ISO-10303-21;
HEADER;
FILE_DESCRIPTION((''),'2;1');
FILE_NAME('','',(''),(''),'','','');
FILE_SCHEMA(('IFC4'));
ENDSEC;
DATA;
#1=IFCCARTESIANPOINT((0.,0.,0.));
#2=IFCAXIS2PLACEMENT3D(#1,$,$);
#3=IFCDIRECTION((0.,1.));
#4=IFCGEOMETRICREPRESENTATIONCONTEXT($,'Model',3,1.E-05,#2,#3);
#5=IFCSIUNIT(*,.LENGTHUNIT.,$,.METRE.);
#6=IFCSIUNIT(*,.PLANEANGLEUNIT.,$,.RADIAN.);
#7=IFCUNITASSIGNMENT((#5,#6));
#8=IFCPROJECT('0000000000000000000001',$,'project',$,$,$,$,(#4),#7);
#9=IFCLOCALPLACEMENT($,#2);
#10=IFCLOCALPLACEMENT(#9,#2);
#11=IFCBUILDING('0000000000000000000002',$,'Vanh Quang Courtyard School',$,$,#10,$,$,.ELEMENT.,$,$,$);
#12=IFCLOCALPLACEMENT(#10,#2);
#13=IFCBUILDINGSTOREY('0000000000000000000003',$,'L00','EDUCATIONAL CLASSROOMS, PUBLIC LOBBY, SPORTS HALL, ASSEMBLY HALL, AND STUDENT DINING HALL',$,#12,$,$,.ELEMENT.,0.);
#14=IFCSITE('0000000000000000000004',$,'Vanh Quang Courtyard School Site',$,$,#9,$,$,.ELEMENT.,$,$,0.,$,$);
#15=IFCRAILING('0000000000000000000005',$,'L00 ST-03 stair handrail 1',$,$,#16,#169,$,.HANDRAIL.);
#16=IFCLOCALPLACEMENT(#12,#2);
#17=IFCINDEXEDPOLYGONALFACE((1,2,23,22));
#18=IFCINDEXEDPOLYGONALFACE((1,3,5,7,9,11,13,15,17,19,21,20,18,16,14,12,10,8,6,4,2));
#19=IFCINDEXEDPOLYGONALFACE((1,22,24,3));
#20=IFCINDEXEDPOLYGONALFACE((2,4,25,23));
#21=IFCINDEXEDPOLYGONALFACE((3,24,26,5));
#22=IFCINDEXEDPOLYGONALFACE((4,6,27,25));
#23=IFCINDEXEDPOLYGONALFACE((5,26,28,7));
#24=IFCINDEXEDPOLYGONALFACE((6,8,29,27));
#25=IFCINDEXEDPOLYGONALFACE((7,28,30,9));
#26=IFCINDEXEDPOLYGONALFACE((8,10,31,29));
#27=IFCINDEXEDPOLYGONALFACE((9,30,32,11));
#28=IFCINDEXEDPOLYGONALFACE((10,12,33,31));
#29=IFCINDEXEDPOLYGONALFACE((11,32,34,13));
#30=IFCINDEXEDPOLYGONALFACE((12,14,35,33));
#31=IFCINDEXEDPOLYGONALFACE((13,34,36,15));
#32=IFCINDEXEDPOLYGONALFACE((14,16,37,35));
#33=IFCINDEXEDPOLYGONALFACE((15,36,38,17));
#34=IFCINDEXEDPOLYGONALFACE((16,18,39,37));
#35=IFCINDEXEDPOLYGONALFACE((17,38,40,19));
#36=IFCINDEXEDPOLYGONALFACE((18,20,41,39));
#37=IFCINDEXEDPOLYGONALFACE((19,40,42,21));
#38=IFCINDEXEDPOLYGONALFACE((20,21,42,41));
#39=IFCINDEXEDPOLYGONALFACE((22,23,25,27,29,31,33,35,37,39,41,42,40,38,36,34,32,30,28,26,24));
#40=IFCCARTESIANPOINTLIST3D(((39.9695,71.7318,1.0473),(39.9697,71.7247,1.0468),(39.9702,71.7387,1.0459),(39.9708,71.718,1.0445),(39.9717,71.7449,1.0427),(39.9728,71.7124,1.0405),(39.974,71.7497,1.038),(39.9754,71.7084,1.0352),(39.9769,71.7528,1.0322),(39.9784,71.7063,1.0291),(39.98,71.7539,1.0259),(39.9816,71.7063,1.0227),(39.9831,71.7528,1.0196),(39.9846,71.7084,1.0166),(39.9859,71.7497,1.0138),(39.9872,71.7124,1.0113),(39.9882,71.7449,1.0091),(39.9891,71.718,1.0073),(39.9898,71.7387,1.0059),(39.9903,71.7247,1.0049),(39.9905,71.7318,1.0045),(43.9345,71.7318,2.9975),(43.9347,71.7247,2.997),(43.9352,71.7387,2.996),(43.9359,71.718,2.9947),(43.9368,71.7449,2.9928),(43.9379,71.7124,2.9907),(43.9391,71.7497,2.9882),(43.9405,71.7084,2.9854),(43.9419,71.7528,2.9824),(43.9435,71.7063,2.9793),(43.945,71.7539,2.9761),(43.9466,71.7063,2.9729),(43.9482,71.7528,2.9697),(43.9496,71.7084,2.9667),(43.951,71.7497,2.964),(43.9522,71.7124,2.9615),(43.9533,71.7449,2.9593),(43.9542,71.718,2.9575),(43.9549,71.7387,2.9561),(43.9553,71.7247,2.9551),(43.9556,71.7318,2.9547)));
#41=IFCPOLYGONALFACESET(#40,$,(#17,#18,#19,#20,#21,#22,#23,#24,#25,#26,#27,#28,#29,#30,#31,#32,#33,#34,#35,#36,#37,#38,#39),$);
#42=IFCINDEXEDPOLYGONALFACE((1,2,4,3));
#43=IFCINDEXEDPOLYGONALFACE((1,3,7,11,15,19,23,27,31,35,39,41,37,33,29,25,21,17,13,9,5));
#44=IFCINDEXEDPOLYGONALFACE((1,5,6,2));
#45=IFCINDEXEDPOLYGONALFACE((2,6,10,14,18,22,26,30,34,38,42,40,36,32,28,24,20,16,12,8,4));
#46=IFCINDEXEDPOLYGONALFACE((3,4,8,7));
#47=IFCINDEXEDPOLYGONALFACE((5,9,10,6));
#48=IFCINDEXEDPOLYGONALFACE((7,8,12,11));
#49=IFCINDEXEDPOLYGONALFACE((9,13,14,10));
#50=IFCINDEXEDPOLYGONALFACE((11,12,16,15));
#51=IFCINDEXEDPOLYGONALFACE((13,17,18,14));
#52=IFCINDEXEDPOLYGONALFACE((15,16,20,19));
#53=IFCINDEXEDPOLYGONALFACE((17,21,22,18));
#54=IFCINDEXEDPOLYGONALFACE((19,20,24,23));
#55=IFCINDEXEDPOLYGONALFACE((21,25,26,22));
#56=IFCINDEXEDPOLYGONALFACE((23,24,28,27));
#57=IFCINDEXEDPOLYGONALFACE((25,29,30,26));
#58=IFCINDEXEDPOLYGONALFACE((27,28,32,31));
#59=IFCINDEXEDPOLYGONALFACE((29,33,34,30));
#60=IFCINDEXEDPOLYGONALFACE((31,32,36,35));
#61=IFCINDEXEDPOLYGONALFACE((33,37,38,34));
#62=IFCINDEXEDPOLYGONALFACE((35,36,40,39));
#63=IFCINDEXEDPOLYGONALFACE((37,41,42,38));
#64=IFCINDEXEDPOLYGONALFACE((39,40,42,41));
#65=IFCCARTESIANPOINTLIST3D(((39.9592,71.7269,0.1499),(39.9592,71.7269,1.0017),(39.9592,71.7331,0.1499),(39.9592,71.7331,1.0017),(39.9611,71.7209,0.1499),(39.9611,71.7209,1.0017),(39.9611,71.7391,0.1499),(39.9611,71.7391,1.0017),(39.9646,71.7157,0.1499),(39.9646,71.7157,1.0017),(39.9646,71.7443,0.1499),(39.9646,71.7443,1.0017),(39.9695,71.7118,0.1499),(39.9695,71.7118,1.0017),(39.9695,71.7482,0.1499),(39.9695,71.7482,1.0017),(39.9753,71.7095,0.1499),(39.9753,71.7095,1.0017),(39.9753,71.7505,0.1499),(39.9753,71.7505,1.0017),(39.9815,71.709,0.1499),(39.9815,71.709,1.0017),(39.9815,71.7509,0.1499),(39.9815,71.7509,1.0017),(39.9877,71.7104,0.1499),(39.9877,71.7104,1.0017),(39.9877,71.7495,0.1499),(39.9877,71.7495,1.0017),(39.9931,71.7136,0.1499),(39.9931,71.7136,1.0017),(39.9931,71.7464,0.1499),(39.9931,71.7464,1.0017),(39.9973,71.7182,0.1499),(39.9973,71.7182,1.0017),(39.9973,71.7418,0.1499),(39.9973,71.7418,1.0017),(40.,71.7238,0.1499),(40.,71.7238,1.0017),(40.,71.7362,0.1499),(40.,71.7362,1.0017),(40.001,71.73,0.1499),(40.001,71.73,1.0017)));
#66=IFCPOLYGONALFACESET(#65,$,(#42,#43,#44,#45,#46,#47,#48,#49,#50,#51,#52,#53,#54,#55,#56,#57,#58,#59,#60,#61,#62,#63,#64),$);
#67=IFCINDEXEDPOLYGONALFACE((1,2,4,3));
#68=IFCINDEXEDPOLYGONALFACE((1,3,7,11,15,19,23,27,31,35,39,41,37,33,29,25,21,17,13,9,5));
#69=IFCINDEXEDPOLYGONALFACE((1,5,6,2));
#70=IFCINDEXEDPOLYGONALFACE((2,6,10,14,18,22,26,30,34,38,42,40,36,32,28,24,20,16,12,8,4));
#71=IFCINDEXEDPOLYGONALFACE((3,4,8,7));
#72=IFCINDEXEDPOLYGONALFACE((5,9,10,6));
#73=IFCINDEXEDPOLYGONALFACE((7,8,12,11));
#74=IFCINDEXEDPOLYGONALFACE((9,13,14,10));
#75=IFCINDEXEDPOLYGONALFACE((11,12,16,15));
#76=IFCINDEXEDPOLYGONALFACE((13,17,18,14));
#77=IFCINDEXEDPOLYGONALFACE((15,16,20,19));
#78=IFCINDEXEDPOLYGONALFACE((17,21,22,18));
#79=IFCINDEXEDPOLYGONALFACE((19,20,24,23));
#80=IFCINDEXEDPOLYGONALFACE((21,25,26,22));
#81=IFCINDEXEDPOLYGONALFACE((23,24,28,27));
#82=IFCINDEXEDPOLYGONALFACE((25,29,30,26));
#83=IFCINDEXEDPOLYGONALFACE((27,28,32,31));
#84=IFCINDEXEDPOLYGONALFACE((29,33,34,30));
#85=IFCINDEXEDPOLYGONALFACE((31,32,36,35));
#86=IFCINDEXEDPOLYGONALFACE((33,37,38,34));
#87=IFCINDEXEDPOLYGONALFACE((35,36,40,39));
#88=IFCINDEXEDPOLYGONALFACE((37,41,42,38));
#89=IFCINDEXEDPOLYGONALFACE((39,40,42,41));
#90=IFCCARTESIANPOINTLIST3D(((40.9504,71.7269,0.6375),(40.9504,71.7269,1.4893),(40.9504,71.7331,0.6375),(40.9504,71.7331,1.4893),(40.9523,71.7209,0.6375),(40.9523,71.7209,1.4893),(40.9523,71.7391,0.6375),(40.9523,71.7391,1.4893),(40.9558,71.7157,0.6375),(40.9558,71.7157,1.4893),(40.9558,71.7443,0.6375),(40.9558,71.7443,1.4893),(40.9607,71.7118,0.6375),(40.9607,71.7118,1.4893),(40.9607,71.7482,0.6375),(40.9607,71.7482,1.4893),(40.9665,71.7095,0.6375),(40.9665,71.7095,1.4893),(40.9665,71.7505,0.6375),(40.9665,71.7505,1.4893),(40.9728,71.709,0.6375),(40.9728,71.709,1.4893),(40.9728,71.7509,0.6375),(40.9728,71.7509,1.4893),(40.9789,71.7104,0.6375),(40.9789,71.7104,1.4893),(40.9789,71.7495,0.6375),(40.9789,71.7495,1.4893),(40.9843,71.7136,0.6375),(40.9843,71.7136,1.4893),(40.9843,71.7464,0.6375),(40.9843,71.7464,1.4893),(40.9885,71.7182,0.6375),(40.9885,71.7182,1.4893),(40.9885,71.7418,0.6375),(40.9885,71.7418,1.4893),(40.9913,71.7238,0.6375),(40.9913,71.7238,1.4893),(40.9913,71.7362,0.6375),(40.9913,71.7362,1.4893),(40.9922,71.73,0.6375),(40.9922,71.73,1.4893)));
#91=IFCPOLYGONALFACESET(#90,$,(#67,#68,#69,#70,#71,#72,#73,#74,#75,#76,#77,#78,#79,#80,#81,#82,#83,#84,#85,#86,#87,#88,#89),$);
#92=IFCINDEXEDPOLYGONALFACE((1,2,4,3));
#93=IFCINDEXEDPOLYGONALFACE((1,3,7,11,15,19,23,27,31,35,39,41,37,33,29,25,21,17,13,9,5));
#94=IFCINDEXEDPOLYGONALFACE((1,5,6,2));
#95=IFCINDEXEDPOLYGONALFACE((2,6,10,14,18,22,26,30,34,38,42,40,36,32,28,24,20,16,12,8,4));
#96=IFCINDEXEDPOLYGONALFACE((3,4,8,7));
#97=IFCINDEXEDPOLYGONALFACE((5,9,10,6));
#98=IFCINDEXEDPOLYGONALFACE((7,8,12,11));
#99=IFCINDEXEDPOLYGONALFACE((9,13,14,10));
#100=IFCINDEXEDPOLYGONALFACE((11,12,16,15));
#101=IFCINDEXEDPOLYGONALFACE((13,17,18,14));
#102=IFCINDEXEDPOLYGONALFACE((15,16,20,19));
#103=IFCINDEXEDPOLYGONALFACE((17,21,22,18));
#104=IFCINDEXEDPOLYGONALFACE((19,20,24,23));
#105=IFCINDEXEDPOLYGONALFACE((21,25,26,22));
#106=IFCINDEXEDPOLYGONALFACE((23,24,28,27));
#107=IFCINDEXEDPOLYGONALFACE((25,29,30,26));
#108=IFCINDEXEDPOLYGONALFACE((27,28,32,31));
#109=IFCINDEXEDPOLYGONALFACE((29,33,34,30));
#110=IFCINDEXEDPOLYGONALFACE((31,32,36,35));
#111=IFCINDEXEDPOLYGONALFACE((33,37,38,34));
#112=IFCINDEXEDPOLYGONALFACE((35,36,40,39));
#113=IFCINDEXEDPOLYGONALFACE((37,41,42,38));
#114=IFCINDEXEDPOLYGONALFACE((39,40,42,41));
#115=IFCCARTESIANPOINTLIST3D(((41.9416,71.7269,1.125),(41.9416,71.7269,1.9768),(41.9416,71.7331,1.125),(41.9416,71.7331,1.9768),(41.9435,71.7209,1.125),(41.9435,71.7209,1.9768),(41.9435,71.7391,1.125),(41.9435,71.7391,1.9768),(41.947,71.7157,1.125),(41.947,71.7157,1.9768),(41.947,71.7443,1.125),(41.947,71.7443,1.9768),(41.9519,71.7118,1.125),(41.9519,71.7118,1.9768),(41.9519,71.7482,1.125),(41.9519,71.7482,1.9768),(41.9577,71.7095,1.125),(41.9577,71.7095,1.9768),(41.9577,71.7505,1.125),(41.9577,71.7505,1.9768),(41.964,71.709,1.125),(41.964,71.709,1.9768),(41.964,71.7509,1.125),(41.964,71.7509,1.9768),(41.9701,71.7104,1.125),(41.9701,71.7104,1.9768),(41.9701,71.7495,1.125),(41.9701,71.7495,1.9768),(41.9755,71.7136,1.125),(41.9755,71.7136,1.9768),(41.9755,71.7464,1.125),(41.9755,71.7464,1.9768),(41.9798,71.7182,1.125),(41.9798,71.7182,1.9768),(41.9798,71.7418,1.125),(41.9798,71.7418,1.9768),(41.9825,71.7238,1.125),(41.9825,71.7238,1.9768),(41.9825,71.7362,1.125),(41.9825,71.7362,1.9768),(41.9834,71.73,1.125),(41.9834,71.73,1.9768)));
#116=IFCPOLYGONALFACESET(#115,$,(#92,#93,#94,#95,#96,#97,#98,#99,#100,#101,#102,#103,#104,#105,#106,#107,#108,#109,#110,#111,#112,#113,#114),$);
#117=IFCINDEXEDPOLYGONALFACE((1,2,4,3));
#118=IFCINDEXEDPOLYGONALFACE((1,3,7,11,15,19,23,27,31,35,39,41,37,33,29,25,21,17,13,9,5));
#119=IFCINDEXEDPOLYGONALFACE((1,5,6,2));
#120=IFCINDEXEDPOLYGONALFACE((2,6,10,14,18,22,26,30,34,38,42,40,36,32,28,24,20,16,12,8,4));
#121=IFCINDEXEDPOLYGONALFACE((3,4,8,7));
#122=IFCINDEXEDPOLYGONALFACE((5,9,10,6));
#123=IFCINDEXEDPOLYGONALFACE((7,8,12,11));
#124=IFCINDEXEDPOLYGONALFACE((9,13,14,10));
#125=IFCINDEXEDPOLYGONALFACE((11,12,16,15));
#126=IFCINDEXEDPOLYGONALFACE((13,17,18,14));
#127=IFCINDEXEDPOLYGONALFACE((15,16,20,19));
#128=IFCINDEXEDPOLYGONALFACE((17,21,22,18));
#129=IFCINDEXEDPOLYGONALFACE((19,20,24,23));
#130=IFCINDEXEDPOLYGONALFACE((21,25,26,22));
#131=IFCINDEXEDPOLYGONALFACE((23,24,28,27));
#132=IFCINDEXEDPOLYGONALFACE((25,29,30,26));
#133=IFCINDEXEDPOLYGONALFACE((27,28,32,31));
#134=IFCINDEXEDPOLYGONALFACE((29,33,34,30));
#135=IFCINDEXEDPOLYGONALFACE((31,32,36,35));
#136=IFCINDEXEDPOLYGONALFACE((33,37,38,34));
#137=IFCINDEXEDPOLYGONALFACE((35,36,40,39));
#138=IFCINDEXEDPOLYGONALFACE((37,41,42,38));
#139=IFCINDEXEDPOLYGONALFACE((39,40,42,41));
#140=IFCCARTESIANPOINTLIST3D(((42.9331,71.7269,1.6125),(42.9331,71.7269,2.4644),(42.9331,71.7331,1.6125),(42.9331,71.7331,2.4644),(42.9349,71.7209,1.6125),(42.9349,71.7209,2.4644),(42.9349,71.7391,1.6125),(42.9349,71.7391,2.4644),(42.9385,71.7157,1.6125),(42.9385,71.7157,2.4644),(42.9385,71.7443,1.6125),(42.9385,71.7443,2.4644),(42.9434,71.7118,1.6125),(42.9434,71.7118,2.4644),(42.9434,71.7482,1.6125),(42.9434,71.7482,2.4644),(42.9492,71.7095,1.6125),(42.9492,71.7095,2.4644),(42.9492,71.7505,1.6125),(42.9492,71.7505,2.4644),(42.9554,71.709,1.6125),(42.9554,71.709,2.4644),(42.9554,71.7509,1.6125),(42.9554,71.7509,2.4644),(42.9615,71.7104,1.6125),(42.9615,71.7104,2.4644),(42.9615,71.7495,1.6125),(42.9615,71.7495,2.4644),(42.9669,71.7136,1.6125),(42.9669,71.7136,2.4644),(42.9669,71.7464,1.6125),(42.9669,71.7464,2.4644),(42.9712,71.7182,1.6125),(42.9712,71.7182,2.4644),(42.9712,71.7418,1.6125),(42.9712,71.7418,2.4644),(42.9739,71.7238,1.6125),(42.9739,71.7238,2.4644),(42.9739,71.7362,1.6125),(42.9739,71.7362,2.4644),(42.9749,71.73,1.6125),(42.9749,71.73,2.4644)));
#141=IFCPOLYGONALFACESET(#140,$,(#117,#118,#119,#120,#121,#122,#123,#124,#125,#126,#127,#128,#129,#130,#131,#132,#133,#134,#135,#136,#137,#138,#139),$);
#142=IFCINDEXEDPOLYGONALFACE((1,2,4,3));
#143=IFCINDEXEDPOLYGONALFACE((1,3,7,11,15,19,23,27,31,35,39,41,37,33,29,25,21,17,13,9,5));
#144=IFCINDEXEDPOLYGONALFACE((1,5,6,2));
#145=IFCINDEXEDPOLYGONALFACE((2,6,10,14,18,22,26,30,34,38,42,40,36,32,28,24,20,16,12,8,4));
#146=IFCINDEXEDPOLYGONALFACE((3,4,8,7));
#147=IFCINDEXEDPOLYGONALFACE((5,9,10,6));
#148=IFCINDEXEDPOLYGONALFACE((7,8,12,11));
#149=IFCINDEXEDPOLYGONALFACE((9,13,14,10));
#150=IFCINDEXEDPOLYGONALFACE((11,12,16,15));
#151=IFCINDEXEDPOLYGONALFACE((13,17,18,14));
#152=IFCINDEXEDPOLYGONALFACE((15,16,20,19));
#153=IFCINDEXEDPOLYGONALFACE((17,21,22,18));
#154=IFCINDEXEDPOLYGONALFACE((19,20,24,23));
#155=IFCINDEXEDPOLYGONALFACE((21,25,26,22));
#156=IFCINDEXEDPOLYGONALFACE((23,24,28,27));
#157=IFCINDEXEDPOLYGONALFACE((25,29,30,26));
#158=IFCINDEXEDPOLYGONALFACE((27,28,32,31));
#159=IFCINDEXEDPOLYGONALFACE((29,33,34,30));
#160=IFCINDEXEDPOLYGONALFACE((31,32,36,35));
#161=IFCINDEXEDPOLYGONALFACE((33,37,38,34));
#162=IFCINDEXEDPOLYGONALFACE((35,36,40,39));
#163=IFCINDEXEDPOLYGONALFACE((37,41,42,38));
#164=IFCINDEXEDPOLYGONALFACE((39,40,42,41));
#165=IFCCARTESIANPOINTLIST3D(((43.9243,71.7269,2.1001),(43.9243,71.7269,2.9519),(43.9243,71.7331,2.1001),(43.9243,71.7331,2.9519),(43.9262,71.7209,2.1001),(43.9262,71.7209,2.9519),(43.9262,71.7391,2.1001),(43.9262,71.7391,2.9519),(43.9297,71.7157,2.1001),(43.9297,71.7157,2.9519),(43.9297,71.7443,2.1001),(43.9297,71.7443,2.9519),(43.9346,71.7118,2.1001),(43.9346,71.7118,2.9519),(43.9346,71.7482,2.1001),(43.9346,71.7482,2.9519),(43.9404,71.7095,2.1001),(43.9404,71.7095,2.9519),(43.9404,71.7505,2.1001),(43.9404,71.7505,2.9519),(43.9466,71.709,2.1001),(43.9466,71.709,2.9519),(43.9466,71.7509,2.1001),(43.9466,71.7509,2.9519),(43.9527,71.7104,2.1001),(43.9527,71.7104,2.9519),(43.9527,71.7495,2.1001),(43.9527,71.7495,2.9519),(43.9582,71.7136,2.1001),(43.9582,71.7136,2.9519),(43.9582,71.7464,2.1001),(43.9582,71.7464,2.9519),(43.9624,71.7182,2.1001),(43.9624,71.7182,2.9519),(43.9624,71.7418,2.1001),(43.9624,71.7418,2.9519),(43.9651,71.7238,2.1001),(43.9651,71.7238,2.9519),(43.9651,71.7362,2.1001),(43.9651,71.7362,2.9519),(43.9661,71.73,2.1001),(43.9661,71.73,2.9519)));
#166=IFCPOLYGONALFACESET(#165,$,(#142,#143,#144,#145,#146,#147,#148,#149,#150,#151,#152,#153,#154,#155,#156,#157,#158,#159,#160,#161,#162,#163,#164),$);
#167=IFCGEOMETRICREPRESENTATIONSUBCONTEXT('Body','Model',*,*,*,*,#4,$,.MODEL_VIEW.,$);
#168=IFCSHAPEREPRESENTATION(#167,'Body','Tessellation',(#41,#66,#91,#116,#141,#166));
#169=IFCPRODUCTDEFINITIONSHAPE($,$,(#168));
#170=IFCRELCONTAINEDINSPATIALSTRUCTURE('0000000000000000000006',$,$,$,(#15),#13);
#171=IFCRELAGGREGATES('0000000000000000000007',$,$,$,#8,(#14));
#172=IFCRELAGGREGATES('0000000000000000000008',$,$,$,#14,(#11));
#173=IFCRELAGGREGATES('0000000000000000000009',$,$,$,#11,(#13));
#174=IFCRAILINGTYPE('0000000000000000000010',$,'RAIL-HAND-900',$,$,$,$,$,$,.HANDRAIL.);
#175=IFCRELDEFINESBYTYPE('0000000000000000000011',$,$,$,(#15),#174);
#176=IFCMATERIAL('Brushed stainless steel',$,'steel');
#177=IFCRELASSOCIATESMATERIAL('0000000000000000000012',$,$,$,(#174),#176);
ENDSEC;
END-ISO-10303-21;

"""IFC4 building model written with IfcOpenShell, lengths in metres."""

from ifc_helpers import new_model, si_unit, direction, frame, origin, origin_2d, place, context, subcontext, project, spatial, circle, extrude, material, type_object, element, save


model = new_model("IFC4")

# Units and contexts
model_context = context("Model", 3, precision=1e-05, world=origin(), true_north=direction((0.0, 1.0)))
body_context = subcontext(model_context, "Body", "Model", "MODEL_VIEW")
ifc_project = project(units=[si_unit("LENGTHUNIT", "METRE"), si_unit("PLANEANGLEUNIT", "RADIAN")], contexts=[model_context])

# Site, building, storey
site_placement = place(None, origin())
site = spatial("IfcSite", under=ifc_project, at=site_placement, Name="Vanh Quang Courtyard School Site", CompositionType="ELEMENT", RefElevation=0.0)
building_placement = place(site_placement, origin())
building = spatial("IfcBuilding", under=site, at=building_placement, Name="Vanh Quang Courtyard School", CompositionType="ELEMENT")
storey_placement = place(building_placement, origin())
storey = spatial("IfcBuildingStorey", under=building, at=storey_placement, Name="L00", Description="EDUCATIONAL CLASSROOMS, PUBLIC LOBBY, SPORTS HALL, ASSEMBLY HALL, AND STUDENT DINING HALL", CompositionType="ELEMENT", Elevation=0.0)

# Railing
ifc_material_1 = material(Name="Brushed stainless steel", Category="steel")
railing_type_1 = type_object("IfcRailingType", Name="RAIL-HAND-900", PredefinedType="HANDRAIL", material=ifc_material_1)
railing_1_placement = place(storey_placement, frame((39.98, 71.73, 0.1499)))
element("IfcRailing", 1, at=railing_1_placement, inside=storey, type_object=railing_type_1, Name="L00 ST-03 stair handrail 1", PredefinedType="HANDRAIL", context=body_context, shape_type="SweptSolid", body=[
    extrude(circle(Radius=0.0239, at=origin_2d()), frame((0.0, 0.0, 0.876), z_axis=(0.897336, 0.0, 0.441347), x_axis=(0.0, 1.0, 0.0)), (0.0, 0.0, 1.0), 4.4187),
    extrude(circle(Radius=0.021, at=origin_2d()), origin(), (0.0, 0.0, 1.0), 0.8518),
    extrude(circle(Radius=0.021, at=origin_2d()), frame((0.9912, 0.0, 0.4875)), (0.0, 0.0, 1.0), 0.8518),
    extrude(circle(Radius=0.021, at=origin_2d()), frame((1.9824, 0.0, 0.9751)), (0.0, 0.0, 1.0), 0.8518),
    extrude(circle(Radius=0.021, at=origin_2d()), frame((2.9739, 0.0, 1.4626)), (0.0, 0.0, 1.0), 0.8518),
    extrude(circle(Radius=0.021, at=origin_2d()), frame((3.9651, 0.0, 1.9502)), (0.0, 0.0, 1.0), 0.8518),
])

save(model, "model.ifc")
